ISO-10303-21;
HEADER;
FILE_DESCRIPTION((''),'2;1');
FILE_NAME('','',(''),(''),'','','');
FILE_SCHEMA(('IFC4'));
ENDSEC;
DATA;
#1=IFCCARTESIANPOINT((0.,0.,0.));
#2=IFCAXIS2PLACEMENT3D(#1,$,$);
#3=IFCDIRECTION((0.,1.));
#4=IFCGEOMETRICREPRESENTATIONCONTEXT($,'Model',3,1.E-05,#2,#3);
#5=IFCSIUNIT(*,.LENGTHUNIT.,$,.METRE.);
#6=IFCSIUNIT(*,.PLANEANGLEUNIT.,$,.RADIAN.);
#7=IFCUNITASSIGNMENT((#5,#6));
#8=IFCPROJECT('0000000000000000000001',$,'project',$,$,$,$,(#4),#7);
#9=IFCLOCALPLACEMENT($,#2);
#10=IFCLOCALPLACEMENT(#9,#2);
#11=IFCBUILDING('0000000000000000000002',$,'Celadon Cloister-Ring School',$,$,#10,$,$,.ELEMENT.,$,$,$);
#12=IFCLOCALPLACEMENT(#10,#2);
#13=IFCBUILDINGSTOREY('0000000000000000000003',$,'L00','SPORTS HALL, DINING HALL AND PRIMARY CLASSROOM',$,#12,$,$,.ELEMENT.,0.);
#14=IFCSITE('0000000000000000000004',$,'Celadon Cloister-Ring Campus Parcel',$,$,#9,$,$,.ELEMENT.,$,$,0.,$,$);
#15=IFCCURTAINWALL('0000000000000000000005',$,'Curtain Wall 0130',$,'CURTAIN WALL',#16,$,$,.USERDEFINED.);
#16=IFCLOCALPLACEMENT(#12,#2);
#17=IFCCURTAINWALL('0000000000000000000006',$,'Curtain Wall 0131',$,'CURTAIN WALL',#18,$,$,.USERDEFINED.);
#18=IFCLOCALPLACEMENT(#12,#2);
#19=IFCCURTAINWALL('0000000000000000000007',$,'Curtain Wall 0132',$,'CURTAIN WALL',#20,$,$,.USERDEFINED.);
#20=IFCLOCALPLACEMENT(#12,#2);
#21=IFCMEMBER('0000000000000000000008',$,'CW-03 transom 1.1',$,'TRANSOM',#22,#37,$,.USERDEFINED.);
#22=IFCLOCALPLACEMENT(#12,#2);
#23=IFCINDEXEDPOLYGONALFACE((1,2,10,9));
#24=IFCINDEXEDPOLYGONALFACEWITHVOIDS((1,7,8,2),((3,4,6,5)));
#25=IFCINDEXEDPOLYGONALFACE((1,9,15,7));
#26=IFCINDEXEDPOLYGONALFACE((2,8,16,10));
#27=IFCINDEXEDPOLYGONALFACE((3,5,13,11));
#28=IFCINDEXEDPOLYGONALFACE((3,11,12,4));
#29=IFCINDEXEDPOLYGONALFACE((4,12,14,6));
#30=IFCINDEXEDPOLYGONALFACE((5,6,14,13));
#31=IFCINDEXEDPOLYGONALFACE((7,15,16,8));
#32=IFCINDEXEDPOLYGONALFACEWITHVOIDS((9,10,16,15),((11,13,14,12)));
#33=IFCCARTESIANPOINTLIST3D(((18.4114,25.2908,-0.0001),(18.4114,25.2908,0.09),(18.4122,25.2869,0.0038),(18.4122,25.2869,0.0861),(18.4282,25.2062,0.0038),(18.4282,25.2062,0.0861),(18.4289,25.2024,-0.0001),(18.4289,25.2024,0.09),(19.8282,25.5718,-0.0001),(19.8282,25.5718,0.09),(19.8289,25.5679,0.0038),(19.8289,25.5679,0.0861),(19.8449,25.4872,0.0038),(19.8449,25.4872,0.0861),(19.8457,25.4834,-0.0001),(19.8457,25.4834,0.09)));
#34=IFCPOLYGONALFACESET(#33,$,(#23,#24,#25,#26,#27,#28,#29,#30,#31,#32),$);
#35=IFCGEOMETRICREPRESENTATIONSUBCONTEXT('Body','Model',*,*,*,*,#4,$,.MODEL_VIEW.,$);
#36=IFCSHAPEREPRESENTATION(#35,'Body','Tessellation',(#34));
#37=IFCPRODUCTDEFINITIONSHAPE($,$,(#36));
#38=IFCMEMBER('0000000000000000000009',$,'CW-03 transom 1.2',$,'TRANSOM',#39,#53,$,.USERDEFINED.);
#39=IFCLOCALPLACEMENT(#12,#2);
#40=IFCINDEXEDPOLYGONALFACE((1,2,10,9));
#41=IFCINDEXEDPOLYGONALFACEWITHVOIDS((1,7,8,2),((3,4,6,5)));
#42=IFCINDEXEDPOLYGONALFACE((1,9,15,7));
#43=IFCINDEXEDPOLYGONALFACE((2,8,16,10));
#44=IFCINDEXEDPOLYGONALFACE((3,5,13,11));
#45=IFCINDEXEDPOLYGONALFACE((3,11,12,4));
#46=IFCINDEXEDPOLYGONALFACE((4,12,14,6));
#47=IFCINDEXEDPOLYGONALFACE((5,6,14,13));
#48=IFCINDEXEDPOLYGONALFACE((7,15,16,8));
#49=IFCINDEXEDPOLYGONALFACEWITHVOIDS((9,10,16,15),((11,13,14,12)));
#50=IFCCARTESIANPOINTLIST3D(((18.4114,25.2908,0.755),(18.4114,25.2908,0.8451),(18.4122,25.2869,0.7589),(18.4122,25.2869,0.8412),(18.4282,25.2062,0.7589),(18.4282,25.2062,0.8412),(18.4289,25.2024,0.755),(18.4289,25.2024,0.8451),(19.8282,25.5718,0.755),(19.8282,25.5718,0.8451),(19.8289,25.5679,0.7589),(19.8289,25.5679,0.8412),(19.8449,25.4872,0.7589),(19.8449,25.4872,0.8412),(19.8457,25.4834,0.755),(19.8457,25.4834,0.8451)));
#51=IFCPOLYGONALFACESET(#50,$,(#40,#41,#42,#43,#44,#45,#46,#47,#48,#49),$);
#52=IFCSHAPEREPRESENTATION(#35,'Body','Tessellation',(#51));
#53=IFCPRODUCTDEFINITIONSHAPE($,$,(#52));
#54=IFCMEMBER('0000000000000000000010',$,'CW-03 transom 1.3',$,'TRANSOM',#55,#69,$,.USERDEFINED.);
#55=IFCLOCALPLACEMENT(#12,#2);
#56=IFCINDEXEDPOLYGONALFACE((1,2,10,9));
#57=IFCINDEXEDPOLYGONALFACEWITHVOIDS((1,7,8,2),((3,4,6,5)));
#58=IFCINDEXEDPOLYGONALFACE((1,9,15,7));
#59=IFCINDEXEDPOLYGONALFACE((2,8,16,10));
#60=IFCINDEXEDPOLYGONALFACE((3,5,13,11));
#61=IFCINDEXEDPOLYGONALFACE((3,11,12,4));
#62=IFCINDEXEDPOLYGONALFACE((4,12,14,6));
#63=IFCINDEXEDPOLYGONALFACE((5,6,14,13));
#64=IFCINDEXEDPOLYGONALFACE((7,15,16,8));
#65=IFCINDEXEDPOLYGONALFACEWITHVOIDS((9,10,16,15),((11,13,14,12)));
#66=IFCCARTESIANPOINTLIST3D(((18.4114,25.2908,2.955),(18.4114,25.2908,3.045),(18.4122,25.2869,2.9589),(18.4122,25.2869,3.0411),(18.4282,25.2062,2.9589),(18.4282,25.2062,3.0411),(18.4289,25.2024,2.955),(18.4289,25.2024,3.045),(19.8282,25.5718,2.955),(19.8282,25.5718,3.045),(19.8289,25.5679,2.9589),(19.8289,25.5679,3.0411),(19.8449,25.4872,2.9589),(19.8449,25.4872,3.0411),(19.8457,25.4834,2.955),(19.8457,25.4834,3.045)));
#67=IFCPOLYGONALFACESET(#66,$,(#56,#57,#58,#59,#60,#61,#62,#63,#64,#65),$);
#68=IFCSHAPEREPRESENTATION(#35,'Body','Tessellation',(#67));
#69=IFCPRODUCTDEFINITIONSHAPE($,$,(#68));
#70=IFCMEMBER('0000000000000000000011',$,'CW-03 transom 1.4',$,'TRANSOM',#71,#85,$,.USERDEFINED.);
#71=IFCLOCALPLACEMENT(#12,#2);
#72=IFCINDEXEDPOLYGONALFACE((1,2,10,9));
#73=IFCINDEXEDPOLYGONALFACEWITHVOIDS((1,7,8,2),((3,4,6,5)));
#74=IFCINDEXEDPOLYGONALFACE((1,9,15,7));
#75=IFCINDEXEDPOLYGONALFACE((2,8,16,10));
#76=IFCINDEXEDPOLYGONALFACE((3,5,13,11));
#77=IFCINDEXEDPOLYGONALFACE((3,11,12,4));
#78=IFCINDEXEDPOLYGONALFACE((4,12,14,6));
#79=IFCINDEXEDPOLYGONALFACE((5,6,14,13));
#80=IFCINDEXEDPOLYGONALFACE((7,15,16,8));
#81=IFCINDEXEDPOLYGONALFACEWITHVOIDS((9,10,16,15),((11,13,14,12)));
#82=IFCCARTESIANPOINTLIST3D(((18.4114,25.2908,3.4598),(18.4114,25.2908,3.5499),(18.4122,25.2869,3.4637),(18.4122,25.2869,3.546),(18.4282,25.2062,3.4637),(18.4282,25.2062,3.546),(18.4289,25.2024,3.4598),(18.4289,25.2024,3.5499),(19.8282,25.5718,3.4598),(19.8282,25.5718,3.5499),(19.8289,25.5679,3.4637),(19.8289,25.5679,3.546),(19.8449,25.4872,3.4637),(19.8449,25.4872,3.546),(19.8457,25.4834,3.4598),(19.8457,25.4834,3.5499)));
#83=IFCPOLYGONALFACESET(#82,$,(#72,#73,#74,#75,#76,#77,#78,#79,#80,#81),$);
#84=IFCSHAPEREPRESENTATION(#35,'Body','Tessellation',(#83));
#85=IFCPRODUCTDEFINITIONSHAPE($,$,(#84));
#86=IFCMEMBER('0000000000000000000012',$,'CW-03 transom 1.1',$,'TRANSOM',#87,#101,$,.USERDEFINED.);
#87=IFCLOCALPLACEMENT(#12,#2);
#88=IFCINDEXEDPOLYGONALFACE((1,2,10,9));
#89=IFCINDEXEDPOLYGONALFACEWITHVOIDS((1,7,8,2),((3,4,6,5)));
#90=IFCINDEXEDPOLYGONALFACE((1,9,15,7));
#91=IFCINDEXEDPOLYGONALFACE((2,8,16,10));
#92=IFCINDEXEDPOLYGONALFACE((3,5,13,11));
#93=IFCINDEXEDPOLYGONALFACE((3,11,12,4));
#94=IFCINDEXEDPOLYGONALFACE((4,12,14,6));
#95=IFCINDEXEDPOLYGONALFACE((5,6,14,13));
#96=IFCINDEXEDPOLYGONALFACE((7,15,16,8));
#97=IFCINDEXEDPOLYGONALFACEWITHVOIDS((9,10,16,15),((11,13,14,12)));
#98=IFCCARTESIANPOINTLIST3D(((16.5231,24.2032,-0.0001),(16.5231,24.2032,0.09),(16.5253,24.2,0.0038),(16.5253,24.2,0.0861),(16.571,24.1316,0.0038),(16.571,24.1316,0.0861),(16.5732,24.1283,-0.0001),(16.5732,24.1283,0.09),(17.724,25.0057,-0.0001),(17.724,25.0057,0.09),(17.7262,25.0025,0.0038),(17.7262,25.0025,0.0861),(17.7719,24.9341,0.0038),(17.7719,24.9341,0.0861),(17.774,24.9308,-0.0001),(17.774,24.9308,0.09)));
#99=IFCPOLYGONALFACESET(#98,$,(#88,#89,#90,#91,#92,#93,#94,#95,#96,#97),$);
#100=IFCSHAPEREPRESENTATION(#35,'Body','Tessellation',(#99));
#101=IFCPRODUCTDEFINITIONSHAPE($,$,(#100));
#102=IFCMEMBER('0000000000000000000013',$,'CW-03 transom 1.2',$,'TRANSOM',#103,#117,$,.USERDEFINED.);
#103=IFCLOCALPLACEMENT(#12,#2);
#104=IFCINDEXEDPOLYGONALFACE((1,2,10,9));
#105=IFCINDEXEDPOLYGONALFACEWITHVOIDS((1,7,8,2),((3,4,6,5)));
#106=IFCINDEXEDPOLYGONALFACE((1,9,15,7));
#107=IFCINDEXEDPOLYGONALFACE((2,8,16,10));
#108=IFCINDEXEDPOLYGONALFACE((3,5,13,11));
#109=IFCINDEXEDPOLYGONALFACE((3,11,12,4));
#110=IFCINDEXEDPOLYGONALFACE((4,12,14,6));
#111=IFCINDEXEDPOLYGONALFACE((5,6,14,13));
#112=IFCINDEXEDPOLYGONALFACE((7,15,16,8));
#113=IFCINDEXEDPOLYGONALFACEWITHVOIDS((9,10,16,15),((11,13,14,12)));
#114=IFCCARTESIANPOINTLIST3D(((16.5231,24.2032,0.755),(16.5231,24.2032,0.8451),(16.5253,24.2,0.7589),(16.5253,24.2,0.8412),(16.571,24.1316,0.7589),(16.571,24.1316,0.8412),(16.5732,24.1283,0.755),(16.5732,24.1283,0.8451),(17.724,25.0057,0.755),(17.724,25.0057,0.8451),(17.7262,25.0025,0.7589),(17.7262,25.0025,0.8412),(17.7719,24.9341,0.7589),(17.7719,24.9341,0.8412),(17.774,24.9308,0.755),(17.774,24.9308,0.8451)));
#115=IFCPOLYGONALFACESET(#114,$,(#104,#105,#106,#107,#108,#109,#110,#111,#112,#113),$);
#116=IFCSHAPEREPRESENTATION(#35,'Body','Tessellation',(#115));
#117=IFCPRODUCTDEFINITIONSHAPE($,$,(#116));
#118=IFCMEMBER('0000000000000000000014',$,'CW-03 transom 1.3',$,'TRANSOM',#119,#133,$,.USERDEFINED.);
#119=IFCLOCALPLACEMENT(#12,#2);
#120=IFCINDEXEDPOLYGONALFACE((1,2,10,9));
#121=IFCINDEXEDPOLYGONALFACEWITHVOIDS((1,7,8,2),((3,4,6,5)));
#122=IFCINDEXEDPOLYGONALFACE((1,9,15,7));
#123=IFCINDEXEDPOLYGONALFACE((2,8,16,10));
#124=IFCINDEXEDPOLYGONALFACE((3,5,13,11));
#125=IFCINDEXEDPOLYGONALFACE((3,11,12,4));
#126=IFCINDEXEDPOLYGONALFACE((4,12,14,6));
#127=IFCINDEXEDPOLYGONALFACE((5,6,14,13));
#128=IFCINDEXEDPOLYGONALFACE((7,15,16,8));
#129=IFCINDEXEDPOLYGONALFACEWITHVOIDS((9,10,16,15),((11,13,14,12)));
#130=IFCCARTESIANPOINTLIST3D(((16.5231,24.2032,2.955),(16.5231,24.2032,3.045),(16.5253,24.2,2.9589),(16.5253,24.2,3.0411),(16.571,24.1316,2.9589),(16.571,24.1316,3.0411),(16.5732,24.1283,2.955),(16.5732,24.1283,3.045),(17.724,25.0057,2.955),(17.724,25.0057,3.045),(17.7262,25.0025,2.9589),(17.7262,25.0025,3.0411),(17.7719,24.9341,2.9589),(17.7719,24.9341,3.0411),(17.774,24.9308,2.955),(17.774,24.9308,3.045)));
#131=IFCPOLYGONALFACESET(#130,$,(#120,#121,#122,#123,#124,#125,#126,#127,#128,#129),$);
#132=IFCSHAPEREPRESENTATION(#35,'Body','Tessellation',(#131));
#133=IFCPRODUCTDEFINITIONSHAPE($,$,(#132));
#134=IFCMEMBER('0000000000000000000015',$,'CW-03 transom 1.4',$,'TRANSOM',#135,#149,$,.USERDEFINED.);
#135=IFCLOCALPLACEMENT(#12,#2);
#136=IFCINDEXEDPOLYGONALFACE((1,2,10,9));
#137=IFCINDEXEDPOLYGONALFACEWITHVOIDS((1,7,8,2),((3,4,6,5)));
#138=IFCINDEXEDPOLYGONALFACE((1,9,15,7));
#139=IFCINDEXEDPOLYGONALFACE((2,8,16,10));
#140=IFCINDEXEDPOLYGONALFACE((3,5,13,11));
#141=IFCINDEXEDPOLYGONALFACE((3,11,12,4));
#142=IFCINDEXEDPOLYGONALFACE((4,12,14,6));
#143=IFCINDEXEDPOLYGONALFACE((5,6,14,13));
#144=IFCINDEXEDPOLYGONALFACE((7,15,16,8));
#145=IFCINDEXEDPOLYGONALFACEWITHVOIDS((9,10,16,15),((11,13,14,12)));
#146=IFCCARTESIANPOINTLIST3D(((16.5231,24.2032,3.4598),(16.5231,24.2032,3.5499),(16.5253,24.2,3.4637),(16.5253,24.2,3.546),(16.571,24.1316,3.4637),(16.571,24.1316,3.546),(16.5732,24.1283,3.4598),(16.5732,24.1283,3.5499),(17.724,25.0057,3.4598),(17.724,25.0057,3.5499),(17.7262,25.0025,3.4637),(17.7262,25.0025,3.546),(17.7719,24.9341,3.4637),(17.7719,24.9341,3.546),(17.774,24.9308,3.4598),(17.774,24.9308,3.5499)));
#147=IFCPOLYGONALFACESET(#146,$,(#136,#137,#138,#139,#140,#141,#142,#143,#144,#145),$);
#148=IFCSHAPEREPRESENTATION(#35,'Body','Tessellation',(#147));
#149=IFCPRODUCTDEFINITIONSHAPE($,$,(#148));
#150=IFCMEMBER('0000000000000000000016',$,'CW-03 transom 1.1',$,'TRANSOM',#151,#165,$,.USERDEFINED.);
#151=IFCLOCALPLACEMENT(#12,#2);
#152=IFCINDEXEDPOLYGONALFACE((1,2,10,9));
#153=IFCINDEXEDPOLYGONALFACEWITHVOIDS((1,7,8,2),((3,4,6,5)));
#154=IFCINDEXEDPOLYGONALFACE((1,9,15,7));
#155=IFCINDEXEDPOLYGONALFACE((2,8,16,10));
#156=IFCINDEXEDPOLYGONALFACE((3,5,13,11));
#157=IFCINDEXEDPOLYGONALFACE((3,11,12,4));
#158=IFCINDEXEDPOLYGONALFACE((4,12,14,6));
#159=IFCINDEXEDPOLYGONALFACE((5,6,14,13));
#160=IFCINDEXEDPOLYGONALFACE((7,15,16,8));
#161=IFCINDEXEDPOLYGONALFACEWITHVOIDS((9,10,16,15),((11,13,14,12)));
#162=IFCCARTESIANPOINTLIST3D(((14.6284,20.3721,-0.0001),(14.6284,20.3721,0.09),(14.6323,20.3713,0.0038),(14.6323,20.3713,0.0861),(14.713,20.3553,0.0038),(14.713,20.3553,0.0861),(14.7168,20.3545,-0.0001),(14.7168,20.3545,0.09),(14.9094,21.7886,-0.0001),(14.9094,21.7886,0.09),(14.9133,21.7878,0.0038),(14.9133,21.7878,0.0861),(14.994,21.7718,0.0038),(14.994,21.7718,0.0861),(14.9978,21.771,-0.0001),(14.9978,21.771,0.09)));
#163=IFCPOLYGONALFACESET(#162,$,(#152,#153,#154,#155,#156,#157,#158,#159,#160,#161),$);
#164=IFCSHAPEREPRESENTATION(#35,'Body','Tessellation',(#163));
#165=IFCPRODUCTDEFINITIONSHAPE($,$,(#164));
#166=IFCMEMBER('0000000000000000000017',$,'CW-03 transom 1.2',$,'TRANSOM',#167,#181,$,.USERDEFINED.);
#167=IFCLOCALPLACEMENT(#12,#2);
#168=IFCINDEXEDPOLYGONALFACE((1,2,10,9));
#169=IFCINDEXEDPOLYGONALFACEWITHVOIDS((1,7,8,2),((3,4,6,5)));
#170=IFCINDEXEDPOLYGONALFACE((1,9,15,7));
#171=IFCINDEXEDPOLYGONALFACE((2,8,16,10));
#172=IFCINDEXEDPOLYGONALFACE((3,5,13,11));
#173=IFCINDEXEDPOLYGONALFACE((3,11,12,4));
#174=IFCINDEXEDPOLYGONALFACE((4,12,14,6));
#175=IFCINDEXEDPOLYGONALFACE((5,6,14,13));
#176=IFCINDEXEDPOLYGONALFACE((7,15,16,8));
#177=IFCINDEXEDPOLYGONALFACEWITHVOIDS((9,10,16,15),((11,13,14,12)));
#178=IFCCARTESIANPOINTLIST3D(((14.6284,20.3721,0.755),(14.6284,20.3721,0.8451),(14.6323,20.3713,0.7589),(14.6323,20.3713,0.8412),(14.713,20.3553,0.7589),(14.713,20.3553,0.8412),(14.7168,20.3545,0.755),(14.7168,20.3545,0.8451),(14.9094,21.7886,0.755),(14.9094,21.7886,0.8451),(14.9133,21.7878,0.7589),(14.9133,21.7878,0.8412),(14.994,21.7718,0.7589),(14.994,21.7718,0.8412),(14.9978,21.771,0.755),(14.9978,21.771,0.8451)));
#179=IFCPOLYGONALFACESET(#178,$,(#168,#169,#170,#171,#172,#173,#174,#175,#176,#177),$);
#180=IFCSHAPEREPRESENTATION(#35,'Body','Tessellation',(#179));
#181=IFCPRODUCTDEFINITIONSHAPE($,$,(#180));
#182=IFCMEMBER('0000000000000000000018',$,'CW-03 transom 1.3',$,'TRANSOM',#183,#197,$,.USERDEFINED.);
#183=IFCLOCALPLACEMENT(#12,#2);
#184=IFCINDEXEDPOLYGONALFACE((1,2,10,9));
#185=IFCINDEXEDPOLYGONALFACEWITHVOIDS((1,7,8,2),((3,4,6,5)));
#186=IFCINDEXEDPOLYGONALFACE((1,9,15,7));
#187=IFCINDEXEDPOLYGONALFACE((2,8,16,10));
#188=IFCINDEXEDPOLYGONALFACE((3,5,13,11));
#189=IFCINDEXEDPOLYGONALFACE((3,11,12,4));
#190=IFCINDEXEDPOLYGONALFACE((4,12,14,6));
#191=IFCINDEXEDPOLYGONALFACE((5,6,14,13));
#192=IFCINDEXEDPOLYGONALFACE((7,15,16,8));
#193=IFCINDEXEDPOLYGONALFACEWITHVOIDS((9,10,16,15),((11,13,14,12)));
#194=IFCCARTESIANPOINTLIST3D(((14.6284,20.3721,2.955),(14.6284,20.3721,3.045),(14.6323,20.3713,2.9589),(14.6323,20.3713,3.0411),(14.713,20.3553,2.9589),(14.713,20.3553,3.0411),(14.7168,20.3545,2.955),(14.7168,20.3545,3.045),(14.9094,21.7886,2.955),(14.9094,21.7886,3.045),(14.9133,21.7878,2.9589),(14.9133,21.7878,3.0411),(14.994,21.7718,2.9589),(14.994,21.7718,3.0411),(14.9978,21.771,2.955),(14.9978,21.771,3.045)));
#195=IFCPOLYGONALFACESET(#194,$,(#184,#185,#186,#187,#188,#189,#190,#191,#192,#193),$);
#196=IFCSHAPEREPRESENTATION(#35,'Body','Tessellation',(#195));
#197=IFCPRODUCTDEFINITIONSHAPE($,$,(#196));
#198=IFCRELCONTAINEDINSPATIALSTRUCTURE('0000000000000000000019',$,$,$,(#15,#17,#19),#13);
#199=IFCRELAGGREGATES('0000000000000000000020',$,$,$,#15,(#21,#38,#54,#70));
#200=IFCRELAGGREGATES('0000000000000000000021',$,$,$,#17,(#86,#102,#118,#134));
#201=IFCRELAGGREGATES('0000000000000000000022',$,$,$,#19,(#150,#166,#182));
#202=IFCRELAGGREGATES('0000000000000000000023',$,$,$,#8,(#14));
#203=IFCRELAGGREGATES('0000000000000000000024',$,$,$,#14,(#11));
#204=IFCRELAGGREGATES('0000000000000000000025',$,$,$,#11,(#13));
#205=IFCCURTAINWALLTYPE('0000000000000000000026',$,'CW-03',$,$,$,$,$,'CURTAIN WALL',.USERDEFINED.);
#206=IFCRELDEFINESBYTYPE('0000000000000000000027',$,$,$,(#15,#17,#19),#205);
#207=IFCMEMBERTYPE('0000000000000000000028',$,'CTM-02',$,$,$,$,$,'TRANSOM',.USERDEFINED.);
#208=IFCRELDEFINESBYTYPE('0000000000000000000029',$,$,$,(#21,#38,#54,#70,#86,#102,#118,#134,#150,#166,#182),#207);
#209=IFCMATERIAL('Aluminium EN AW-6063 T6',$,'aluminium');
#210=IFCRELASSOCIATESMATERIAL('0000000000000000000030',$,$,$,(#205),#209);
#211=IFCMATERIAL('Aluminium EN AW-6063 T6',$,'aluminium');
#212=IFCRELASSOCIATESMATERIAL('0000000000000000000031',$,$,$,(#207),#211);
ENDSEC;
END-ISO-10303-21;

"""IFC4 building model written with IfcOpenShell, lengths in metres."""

from ifc_helpers import new_model, si_unit, direction, frame, origin, origin_2d, place, context, subcontext, project, spatial, hollow_rectangle, extrude, material, material_profile, profile_set, type_object, element, aggregate, save


model = new_model("IFC4")

# Units and contexts
model_context = context("Model", 3, precision=1e-05, world=origin(), true_north=direction((0.0, 1.0)))
body_context = subcontext(model_context, "Body", "Model", "MODEL_VIEW")
ifc_project = project(units=[si_unit("LENGTHUNIT", "METRE"), si_unit("PLANEANGLEUNIT", "RADIAN")], contexts=[model_context])

# Site, building, storey
site_placement = place(None, origin())
site = spatial("IfcSite", under=ifc_project, at=site_placement, Name="Celadon Cloister-Ring Campus Parcel", CompositionType="ELEMENT", RefElevation=0.0)
building_placement = place(site_placement, origin())
building = spatial("IfcBuilding", under=site, at=building_placement, Name="Celadon Cloister-Ring School", CompositionType="ELEMENT")
storey_placement = place(building_placement, origin())
storey = spatial("IfcBuildingStorey", under=building, at=storey_placement, Name="L00", Description="SPORTS HALL, DINING HALL AND PRIMARY CLASSROOM", CompositionType="ELEMENT", Elevation=0.0)

# Curtain walls
ifc_material_1 = material(Name="Aluminium EN AW-6063 T6", Category="aluminium")
curtain_wall_type = type_object("IfcCurtainWallType", Name="CW-03", ElementType="CURTAIN WALL", PredefinedType="USERDEFINED", material=ifc_material_1)
curtain_wall_1_placement = place(storey_placement, origin())
curtain_wall_1 = element("IfcCurtainWall", 1, at=curtain_wall_1_placement, inside=storey, type_object=curtain_wall_type, Name="Curtain Wall 0130", ObjectType="CURTAIN WALL", PredefinedType="USERDEFINED")
curtain_wall_2_placement = place(storey_placement, origin())
curtain_wall_2 = element("IfcCurtainWall", 2, at=curtain_wall_2_placement, inside=storey, type_object=curtain_wall_type, Name="Curtain Wall 0131", ObjectType="CURTAIN WALL", PredefinedType="USERDEFINED")

# Curtain wall
curtain_wall_3_placement = place(storey_placement, origin())
curtain_wall_3 = element("IfcCurtainWall", 3, at=curtain_wall_3_placement, inside=storey, type_object=curtain_wall_type, Name="Curtain Wall 0132", ObjectType="CURTAIN WALL", PredefinedType="USERDEFINED")

# Members
ifc_material_2 = material(Name="Aluminium EN AW-6063 T6", Category="aluminium")
ifc_material_profile_1 = material_profile(ifc_material_2, hollow_rectangle(XDim=0.0901, YDim=0.0901, WallThickness=0.0039, at=origin_2d()), Name="RHS90X90X4")
ifc_profile_set_1 = profile_set([ifc_material_profile_1], Name="Aluminium EN AW-6063 T6")
member_type_1 = type_object("IfcMemberType", Name="CTM-02", ElementType="TRANSOM", PredefinedType="USERDEFINED", material=ifc_profile_set_1)
member_1_placement = place(storey_placement, frame((19.8369, 25.5276, 0.0449), z_axis=(-0.980891, -0.194556, 0.0), x_axis=(0.194556, -0.980891, 0.0)))
member_1 = element("IfcMember", 4, at=member_1_placement, type_object=member_type_1, Name="CW-03 transom 1.1", ObjectType="TRANSOM", PredefinedType="USERDEFINED", context=body_context, shape_type="SweptSolid", body=[
    extrude(hollow_rectangle(XDim=0.0901, YDim=0.0901, WallThickness=0.0039, at=origin_2d()), origin(), (0.0, 0.0, 1.0), 1.4443),
])
member_2_placement = place(storey_placement, frame((19.8369, 25.5276, 0.8), z_axis=(-0.980891, -0.194556, 0.0), x_axis=(0.194556, -0.980891, 0.0)))
member_2 = element("IfcMember", 5, at=member_2_placement, type_object=member_type_1, Name="CW-03 transom 1.2", ObjectType="TRANSOM", PredefinedType="USERDEFINED", context=body_context, shape_type="SweptSolid", body=[
    extrude(hollow_rectangle(XDim=0.0901, YDim=0.0901, WallThickness=0.0039, at=origin_2d()), origin(), (0.0, 0.0, 1.0), 1.4443),
])
member_3_placement = place(storey_placement, frame((19.8369, 25.5276, 3.0), z_axis=(-0.980891, -0.194556, 0.0), x_axis=(0.194556, -0.980891, 0.0)))
member_3 = element("IfcMember", 6, at=member_3_placement, type_object=member_type_1, Name="CW-03 transom 1.3", ObjectType="TRANSOM", PredefinedType="USERDEFINED", context=body_context, shape_type="SweptSolid", body=[
    extrude(hollow_rectangle(XDim=0.0901, YDim=0.0901, WallThickness=0.0039, at=origin_2d()), origin(), (0.0, 0.0, 1.0), 1.4443),
])
member_4_placement = place(storey_placement, frame((19.8369, 25.5276, 3.5049), z_axis=(-0.980891, -0.194556, 0.0), x_axis=(0.194556, -0.980891, 0.0)))
member_4 = element("IfcMember", 7, at=member_4_placement, type_object=member_type_1, Name="CW-03 transom 1.4", ObjectType="TRANSOM", PredefinedType="USERDEFINED", context=body_context, shape_type="SweptSolid", body=[
    extrude(hollow_rectangle(XDim=0.0901, YDim=0.0901, WallThickness=0.0039, at=origin_2d()), origin(), (0.0, 0.0, 1.0), 1.4443),
])
member_5_placement = place(storey_placement, frame((17.749, 24.9683, 0.0449), z_axis=(-0.831452, -0.555597, 0.0), x_axis=(0.555597, -0.831452, 0.0)))
member_5 = element("IfcMember", 8, at=member_5_placement, type_object=member_type_1, Name="CW-03 transom 1.1", ObjectType="TRANSOM", PredefinedType="USERDEFINED", context=body_context, shape_type="SweptSolid", body=[
    extrude(hollow_rectangle(XDim=0.0901, YDim=0.0901, WallThickness=0.0039, at=origin_2d()), origin(), (0.0, 0.0, 1.0), 1.4443),
])
member_6_placement = place(storey_placement, frame((17.749, 24.9683, 0.8), z_axis=(-0.831452, -0.555597, 0.0), x_axis=(0.555597, -0.831452, 0.0)))
member_6 = element("IfcMember", 9, at=member_6_placement, type_object=member_type_1, Name="CW-03 transom 1.2", ObjectType="TRANSOM", PredefinedType="USERDEFINED", context=body_context, shape_type="SweptSolid", body=[
    extrude(hollow_rectangle(XDim=0.0901, YDim=0.0901, WallThickness=0.0039, at=origin_2d()), origin(), (0.0, 0.0, 1.0), 1.4443),
])
member_7_placement = place(storey_placement, frame((17.749, 24.9683, 3.0), z_axis=(-0.831452, -0.555597, 0.0), x_axis=(0.555597, -0.831452, 0.0)))
member_7 = element("IfcMember", 10, at=member_7_placement, type_object=member_type_1, Name="CW-03 transom 1.3", ObjectType="TRANSOM", PredefinedType="USERDEFINED", context=body_context, shape_type="SweptSolid", body=[
    extrude(hollow_rectangle(XDim=0.0901, YDim=0.0901, WallThickness=0.0039, at=origin_2d()), origin(), (0.0, 0.0, 1.0), 1.4443),
])
member_8_placement = place(storey_placement, frame((17.749, 24.9683, 3.5049), z_axis=(-0.831452, -0.555597, 0.0), x_axis=(0.555597, -0.831452, 0.0)))
member_8 = element("IfcMember", 11, at=member_8_placement, type_object=member_type_1, Name="CW-03 transom 1.4", ObjectType="TRANSOM", PredefinedType="USERDEFINED", context=body_context, shape_type="SweptSolid", body=[
    extrude(hollow_rectangle(XDim=0.0901, YDim=0.0901, WallThickness=0.0039, at=origin_2d()), origin(), (0.0, 0.0, 1.0), 1.4443),
])
member_9_placement = place(storey_placement, frame((14.9536, 21.7798, 0.0449), z_axis=(-0.194588, -0.980885, 0.0), x_axis=(0.980885, -0.194588, 0.0)))
member_9 = element("IfcMember", 12, at=member_9_placement, type_object=member_type_1, Name="CW-03 transom 1.1", ObjectType="TRANSOM", PredefinedType="USERDEFINED", context=body_context, shape_type="SweptSolid", body=[
    extrude(hollow_rectangle(XDim=0.0901, YDim=0.0901, WallThickness=0.0039, at=origin_2d()), origin(), (0.0, 0.0, 1.0), 1.4441),
])
member_10_placement = place(storey_placement, frame((14.9536, 21.7798, 0.8), z_axis=(-0.194588, -0.980885, 0.0), x_axis=(0.980885, -0.194588, 0.0)))
member_10 = element("IfcMember", 13, at=member_10_placement, type_object=member_type_1, Name="CW-03 transom 1.2", ObjectType="TRANSOM", PredefinedType="USERDEFINED", context=body_context, shape_type="SweptSolid", body=[
    extrude(hollow_rectangle(XDim=0.0901, YDim=0.0901, WallThickness=0.0039, at=origin_2d()), origin(), (0.0, 0.0, 1.0), 1.4441),
])
member_11_placement = place(storey_placement, frame((14.9536, 21.7798, 3.0), z_axis=(-0.194588, -0.980885, 0.0), x_axis=(0.980885, -0.194588, 0.0)))
member_11 = element("IfcMember", 14, at=member_11_placement, type_object=member_type_1, Name="CW-03 transom 1.3", ObjectType="TRANSOM", PredefinedType="USERDEFINED", context=body_context, shape_type="SweptSolid", body=[
    extrude(hollow_rectangle(XDim=0.0901, YDim=0.0901, WallThickness=0.0039, at=origin_2d()), origin(), (0.0, 0.0, 1.0), 1.4441),
])

aggregate(curtain_wall_1, [member_1, member_2, member_3, member_4])
aggregate(curtain_wall_2, [member_5, member_6, member_7, member_8])
aggregate(curtain_wall_3, [member_9, member_10, member_11])

save(model, "model.ifc")
